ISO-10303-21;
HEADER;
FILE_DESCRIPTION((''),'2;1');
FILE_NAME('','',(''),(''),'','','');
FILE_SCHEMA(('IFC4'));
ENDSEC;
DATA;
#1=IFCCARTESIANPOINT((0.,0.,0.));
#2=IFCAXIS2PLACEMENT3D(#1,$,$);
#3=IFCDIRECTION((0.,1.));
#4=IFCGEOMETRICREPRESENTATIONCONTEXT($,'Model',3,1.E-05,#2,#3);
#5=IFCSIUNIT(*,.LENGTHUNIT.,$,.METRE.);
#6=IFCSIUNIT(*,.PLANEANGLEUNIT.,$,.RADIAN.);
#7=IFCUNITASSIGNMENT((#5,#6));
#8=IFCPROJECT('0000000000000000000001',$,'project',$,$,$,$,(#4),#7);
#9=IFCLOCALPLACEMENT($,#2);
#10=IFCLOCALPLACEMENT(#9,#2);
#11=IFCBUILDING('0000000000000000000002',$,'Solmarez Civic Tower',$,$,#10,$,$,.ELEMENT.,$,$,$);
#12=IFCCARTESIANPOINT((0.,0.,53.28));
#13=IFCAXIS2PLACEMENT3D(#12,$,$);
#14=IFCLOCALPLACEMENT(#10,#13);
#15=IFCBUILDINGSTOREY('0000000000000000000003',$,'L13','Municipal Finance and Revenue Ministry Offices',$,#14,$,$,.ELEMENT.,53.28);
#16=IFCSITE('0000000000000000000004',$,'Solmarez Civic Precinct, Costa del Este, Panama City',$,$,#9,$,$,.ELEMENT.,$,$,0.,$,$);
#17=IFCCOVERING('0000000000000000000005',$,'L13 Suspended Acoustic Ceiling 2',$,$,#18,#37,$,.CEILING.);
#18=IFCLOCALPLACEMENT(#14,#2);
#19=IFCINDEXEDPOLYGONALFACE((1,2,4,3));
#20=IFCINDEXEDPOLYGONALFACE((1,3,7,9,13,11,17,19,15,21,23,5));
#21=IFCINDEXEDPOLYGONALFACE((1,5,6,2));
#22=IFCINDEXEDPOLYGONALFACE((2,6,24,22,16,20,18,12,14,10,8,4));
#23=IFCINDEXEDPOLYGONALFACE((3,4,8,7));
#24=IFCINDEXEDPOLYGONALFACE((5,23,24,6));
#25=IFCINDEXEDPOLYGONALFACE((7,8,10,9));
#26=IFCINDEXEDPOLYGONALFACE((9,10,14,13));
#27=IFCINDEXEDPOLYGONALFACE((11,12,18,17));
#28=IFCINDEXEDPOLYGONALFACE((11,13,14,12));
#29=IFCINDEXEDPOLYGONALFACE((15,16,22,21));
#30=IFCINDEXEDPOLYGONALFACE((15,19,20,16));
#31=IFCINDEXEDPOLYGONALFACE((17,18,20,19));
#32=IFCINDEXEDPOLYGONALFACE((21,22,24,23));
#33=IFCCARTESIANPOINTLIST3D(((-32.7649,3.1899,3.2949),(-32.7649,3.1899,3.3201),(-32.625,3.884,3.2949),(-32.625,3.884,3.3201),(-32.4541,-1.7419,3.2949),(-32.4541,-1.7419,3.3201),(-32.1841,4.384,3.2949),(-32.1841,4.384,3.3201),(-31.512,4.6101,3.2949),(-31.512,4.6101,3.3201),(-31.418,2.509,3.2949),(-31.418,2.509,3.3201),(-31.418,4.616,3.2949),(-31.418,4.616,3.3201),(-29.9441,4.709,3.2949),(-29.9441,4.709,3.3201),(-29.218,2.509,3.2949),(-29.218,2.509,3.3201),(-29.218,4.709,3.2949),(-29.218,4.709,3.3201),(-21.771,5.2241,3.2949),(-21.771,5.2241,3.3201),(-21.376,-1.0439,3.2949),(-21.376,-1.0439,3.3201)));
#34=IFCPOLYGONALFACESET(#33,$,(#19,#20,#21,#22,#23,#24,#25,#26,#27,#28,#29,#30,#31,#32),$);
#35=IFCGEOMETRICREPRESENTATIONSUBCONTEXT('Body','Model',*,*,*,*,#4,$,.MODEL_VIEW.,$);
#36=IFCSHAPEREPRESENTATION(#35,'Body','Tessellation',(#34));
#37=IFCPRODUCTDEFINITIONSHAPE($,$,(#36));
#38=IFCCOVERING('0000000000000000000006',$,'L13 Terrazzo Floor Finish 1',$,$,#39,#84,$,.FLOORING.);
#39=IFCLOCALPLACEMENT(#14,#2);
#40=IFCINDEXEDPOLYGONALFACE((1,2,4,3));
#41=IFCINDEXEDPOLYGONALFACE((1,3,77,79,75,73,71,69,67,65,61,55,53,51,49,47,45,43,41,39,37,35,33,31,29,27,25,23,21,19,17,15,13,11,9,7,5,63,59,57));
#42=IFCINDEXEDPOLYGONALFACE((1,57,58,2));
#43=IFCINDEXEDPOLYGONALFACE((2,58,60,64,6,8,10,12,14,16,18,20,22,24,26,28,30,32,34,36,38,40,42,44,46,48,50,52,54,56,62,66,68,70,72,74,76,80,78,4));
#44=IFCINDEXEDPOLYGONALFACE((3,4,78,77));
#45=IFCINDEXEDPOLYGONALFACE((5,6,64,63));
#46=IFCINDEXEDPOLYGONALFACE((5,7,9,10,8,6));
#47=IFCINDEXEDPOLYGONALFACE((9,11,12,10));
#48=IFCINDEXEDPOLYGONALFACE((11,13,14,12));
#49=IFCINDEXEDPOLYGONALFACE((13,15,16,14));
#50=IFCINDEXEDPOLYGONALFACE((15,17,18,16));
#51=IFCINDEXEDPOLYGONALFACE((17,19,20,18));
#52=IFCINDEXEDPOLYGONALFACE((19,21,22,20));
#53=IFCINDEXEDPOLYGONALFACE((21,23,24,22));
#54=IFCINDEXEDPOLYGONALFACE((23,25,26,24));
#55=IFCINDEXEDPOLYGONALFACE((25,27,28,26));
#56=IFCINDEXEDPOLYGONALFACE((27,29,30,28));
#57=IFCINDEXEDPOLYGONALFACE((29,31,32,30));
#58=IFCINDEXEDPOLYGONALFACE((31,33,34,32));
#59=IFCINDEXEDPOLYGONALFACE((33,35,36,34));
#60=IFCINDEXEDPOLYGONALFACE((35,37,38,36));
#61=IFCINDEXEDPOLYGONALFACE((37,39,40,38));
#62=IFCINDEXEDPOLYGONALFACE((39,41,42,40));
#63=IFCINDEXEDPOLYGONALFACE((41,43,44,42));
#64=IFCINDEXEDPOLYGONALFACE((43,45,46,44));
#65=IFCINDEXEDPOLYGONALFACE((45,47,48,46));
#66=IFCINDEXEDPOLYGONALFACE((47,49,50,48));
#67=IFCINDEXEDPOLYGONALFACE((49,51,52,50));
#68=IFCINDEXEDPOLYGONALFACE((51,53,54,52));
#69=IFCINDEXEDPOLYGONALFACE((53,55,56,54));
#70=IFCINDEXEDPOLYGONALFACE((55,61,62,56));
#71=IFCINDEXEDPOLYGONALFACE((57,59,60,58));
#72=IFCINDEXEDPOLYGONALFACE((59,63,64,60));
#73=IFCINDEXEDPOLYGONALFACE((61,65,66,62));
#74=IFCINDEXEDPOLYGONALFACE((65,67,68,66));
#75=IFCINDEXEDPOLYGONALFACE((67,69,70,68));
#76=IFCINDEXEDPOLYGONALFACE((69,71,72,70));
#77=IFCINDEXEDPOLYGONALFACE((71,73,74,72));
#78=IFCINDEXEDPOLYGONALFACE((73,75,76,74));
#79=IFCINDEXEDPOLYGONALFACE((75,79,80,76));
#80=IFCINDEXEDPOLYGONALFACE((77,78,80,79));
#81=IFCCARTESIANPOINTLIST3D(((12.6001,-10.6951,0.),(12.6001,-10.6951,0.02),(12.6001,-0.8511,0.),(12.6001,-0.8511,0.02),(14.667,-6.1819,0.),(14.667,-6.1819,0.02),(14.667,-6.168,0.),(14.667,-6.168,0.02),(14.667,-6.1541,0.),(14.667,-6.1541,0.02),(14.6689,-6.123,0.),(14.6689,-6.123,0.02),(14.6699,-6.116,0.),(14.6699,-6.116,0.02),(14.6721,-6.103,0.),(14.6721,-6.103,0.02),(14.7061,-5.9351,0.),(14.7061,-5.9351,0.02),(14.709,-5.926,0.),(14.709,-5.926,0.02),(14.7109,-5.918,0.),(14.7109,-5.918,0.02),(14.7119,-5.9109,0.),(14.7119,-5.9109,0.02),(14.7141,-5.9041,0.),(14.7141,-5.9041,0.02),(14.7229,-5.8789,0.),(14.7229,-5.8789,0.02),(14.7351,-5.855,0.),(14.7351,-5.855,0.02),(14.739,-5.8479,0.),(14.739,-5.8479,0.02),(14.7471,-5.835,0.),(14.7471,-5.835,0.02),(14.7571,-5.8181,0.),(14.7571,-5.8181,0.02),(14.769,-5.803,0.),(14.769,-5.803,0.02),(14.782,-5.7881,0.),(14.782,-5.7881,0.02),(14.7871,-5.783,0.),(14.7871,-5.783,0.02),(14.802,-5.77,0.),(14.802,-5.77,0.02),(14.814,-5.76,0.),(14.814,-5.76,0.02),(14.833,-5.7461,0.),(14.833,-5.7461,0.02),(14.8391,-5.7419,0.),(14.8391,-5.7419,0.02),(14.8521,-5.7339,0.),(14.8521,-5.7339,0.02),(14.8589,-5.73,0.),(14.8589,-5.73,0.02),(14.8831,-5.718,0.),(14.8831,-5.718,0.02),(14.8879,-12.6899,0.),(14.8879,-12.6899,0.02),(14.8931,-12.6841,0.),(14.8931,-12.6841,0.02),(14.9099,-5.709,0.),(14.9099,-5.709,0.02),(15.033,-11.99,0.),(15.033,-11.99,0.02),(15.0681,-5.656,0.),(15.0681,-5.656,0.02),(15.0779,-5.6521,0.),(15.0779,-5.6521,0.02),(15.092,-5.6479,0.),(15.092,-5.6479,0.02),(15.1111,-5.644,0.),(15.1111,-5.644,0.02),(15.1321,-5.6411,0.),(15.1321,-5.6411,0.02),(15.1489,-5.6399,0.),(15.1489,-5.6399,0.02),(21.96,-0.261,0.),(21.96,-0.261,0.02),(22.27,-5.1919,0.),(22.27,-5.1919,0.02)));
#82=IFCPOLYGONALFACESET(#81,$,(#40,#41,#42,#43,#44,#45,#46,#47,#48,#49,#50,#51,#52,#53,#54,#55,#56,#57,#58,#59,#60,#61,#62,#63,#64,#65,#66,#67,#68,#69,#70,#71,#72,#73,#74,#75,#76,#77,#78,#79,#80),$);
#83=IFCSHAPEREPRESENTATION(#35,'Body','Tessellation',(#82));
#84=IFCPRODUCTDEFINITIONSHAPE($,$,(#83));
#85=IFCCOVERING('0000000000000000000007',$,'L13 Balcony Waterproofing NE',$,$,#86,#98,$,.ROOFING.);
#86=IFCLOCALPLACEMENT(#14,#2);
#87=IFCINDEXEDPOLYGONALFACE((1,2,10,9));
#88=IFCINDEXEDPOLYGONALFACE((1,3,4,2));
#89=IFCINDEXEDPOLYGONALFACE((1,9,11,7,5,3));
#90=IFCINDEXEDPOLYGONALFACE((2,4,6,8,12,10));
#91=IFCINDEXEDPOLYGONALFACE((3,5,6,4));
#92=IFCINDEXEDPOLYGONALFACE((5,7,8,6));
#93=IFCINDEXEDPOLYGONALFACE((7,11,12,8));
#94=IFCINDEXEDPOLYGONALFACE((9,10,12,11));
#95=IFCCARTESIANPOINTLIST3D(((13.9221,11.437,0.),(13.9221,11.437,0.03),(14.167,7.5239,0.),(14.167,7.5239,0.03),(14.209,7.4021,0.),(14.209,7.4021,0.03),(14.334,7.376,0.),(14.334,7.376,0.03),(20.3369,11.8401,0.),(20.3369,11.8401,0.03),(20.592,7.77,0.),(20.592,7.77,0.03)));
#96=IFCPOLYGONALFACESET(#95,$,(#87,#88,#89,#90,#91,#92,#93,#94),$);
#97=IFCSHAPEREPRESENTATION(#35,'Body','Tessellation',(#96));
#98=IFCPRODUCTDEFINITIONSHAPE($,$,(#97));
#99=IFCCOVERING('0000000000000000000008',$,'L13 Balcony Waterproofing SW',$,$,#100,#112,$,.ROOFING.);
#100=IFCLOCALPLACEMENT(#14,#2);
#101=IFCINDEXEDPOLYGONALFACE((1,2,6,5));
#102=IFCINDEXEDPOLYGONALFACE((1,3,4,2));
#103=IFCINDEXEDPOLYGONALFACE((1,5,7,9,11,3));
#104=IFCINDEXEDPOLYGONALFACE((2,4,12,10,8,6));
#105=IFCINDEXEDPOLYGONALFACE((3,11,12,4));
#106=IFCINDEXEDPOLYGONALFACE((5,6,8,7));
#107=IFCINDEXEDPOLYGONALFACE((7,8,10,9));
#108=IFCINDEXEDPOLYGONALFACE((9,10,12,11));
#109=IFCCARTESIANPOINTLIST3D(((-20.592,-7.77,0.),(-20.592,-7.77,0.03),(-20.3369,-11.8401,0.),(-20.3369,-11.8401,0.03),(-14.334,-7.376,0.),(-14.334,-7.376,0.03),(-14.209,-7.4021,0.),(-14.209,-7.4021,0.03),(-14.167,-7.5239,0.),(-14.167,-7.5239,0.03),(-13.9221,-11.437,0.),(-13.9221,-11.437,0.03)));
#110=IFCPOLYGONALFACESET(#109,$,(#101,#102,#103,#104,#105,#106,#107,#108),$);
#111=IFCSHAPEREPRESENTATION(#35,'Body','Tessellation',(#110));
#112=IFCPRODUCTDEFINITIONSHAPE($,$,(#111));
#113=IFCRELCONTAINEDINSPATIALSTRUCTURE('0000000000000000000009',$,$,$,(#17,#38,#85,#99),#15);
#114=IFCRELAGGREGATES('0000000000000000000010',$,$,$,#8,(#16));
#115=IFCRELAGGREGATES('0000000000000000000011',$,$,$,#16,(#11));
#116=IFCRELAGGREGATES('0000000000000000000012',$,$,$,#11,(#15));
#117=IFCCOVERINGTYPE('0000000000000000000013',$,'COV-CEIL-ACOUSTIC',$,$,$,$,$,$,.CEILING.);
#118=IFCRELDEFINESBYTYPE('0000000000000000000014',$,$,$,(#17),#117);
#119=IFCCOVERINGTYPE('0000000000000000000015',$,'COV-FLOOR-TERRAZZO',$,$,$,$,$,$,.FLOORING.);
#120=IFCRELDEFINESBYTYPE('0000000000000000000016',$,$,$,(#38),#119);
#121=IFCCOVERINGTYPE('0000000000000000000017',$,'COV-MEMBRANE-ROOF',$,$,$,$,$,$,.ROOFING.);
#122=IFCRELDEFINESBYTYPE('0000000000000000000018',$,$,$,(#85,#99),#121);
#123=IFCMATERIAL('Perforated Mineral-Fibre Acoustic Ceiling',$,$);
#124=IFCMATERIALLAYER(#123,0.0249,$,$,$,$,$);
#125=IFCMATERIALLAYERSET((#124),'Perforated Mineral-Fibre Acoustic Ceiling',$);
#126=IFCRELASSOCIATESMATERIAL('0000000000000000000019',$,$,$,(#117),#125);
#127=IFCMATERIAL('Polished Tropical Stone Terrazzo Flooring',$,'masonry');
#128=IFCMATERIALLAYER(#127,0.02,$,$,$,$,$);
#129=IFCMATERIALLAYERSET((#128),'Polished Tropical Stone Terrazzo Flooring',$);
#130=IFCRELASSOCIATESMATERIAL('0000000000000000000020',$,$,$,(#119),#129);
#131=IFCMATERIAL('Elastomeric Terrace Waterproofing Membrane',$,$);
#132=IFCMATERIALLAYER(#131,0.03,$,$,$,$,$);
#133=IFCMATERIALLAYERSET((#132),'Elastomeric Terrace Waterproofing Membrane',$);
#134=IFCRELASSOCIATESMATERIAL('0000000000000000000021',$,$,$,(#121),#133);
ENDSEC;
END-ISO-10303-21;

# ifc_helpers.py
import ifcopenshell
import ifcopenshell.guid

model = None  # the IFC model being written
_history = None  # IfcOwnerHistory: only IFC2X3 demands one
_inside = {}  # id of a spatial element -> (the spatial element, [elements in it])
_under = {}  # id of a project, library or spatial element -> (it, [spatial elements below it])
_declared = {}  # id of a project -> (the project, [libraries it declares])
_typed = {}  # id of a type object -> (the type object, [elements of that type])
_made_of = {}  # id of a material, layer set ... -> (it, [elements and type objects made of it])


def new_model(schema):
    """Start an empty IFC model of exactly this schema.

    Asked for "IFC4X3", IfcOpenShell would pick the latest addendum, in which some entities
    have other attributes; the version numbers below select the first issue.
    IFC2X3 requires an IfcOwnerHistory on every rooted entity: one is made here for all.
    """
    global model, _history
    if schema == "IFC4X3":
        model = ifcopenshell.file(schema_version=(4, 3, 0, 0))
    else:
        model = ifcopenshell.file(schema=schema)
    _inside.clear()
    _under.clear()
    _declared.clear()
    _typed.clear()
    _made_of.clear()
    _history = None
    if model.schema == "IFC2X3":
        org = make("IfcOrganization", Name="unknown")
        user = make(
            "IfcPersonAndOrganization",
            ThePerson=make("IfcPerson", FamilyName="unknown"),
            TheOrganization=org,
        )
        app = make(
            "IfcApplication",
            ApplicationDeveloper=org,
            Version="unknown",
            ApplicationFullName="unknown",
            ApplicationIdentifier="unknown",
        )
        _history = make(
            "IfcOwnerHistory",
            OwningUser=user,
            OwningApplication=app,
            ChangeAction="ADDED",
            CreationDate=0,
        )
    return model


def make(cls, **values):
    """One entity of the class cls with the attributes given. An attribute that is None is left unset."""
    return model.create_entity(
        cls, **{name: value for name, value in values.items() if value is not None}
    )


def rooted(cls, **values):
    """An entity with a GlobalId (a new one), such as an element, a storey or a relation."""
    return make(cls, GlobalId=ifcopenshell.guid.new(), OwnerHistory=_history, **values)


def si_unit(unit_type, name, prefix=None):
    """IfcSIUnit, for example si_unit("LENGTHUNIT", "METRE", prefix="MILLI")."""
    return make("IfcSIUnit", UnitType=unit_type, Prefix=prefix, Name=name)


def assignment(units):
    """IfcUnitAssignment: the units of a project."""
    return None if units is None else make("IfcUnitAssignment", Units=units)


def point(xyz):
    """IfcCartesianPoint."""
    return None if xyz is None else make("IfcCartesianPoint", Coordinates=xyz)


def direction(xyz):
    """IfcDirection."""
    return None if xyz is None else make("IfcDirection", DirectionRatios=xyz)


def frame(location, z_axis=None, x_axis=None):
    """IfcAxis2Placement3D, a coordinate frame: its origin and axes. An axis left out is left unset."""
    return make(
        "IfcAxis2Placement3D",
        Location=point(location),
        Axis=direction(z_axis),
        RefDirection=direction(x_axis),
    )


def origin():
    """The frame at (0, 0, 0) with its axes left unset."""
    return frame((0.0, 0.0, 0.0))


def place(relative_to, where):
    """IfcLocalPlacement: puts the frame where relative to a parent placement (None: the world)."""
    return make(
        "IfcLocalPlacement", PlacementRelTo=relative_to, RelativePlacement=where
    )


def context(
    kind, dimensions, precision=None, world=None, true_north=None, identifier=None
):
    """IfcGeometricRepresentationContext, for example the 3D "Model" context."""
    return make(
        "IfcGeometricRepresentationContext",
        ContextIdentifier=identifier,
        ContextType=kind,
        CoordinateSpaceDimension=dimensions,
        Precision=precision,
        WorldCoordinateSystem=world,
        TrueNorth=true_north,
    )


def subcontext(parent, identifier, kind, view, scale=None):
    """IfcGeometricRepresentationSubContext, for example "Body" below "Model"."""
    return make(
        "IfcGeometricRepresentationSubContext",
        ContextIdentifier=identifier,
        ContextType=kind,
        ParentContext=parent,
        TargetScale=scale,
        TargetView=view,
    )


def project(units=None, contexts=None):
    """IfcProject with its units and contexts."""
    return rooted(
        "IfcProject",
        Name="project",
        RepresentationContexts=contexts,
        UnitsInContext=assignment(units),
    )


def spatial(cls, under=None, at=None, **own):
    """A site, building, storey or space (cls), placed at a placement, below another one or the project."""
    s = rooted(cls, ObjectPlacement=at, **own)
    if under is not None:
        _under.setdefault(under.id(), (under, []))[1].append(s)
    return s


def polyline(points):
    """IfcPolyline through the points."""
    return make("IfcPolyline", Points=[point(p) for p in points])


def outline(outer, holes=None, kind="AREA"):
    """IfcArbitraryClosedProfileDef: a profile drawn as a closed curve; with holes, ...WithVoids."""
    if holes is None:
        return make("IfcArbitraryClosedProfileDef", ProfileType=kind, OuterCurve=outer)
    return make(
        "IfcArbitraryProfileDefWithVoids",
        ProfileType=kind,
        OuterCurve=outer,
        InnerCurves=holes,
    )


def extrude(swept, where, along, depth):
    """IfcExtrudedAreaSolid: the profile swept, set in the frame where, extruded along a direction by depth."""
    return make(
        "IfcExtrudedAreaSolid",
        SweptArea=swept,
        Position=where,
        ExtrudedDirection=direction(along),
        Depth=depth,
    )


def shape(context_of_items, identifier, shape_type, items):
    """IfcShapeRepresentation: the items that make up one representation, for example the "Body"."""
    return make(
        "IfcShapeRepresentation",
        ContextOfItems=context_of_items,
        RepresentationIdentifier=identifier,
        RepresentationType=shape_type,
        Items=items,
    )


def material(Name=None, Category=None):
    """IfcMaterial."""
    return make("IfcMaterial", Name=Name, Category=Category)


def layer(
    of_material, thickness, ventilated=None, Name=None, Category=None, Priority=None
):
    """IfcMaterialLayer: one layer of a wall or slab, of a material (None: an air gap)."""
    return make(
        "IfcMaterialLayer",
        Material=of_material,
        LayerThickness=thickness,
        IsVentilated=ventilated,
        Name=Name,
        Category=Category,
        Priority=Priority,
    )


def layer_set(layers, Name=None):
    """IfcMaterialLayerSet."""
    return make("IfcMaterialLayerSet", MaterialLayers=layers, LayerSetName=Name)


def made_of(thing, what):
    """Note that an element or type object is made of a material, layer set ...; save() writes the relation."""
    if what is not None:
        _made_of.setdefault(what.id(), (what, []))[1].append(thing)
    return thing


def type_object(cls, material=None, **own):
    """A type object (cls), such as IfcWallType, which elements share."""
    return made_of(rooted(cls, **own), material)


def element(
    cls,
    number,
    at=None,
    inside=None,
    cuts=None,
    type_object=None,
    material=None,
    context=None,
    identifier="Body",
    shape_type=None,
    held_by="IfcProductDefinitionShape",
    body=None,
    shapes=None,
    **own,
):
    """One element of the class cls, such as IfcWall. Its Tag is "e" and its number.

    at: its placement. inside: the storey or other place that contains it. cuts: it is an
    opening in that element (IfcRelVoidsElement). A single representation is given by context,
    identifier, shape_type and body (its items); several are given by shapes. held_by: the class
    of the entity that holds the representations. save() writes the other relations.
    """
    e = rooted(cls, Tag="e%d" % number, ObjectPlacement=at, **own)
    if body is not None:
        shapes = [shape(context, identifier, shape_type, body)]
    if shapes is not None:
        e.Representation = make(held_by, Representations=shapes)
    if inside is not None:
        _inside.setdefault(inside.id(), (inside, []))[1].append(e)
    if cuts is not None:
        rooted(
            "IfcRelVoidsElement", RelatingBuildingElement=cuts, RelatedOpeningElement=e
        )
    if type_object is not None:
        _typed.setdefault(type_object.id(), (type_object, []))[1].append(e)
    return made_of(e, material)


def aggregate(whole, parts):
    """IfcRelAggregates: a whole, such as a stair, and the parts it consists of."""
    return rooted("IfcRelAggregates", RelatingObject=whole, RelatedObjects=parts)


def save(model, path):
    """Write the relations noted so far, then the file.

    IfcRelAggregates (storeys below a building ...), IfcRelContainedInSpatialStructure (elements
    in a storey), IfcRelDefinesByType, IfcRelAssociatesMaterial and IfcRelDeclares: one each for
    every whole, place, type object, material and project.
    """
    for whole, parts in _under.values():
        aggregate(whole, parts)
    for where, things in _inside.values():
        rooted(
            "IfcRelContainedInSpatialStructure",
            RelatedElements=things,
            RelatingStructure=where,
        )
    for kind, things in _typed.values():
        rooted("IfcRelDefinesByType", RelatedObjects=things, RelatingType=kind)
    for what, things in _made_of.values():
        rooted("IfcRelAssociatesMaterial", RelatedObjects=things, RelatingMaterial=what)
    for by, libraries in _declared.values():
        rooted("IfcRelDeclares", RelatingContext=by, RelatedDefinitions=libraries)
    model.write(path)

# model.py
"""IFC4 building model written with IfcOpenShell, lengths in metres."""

from ifc_helpers import new_model, si_unit, direction, frame, origin, place, context, subcontext, project, spatial, polyline, outline, extrude, material, layer, layer_set, type_object, element, save


model = new_model("IFC4")

# Units and contexts
model_context = context("Model", 3, precision=1e-05, world=origin(), true_north=direction((0.0, 1.0)))
body_context = subcontext(model_context, "Body", "Model", "MODEL_VIEW")
ifc_project = project(units=[si_unit("LENGTHUNIT", "METRE"), si_unit("PLANEANGLEUNIT", "RADIAN")], contexts=[model_context])

# Site, building, storey
site_placement = place(None, origin())
site = spatial("IfcSite", under=ifc_project, at=site_placement, Name="Solmarez Civic Precinct, Costa del Este, Panama City", CompositionType="ELEMENT", RefElevation=0.0)
building_placement = place(site_placement, origin())
building = spatial("IfcBuilding", under=site, at=building_placement, Name="Solmarez Civic Tower", CompositionType="ELEMENT")
storey_placement = place(building_placement, frame((0.0, 0.0, 53.28)))
storey = spatial("IfcBuildingStorey", under=building, at=storey_placement, Name="L13", Description="Municipal Finance and Revenue Ministry Offices", CompositionType="ELEMENT", Elevation=53.28)

# Coverings
ifc_material_1 = material(Name="Perforated Mineral-Fibre Acoustic Ceiling")
ifc_layer_1 = layer(ifc_material_1, 0.0249)
ifc_layer_set_1 = layer_set([ifc_layer_1], Name="Perforated Mineral-Fibre Acoustic Ceiling")
covering_type_1 = type_object("IfcCoveringType", Name="COV-CEIL-ACOUSTIC", PredefinedType="CEILING", material=ifc_layer_set_1)
covering_1_placement = place(storey_placement, frame((0.0, 0.0, 3.2949)))
element("IfcCovering", 1, at=covering_1_placement, inside=storey, type_object=covering_type_1, Name="L13 Suspended Acoustic Ceiling 2", PredefinedType="CEILING", context=body_context, shape_type="SweptSolid", body=[
    extrude(outline(polyline([(-21.771, 5.2241), (-29.9441, 4.709), (-29.218, 4.709), (-29.218, 2.509), (-31.418, 2.509), (-31.418, 4.616), (-31.512, 4.6101), (-32.1841, 4.384), (-32.625, 3.884), (-32.7649, 3.1899), (-32.4541, -1.7419), (-21.376, -1.0439), (-21.771, 5.2241)])), origin(), (0.0, 0.0, 1.0), 0.0251),
])
ifc_material_2 = material(Name="Polished Tropical Stone Terrazzo Flooring", Category="masonry")
ifc_layer_2 = layer(ifc_material_2, 0.02)
ifc_layer_set_2 = layer_set([ifc_layer_2], Name="Polished Tropical Stone Terrazzo Flooring")
covering_type_2 = type_object("IfcCoveringType", Name="COV-FLOOR-TERRAZZO", PredefinedType="FLOORING", material=ifc_layer_set_2)
covering_2_placement = place(storey_placement, origin())
element("IfcCovering", 2, at=covering_2_placement, inside=storey, type_object=covering_type_2, Name="L13 Terrazzo Floor Finish 1", PredefinedType="FLOORING", context=body_context, shape_type="SweptSolid", body=[
    extrude(outline(polyline([(12.6001, -0.8511), (12.6001, -10.6951), (14.8879, -12.6899), (14.8931, -12.6841), (15.033, -11.99), (14.667, -6.1819), (14.667, -6.168), (14.667, -6.1541), (14.6689, -6.123), (14.6699, -6.116), (14.6721, -6.103), (14.7061, -5.9351), (14.709, -5.926), (14.7109, -5.918), (14.7119, -5.9109), (14.7141, -5.9041), (14.7229, -5.8789), (14.7351, -5.855), (14.739, -5.8479), (14.7471, -5.835), (14.7571, -5.8181), (14.769, -5.803), (14.782, -5.7881), (14.7871, -5.783), (14.802, -5.77), (14.814, -5.76), (14.833, -5.7461), (14.8391, -5.7419), (14.8521, -5.7339), (14.8589, -5.73), (14.8831, -5.718), (14.9099, -5.709), (15.0681, -5.656), (15.0779, -5.6521), (15.092, -5.6479), (15.1111, -5.644), (15.1321, -5.6411), (15.1489, -5.6399), (22.27, -5.1919), (21.96, -0.261), (12.6001, -0.8511)])), origin(), (0.0, 0.0, 1.0), 0.02),
])
ifc_material_3 = material(Name="Elastomeric Terrace Waterproofing Membrane")
ifc_layer_3 = layer(ifc_material_3, 0.03)
ifc_layer_set_3 = layer_set([ifc_layer_3], Name="Elastomeric Terrace Waterproofing Membrane")
covering_type_3 = type_object("IfcCoveringType", Name="COV-MEMBRANE-ROOF", PredefinedType="ROOFING", material=ifc_layer_set_3)
covering_3_placement = place(storey_placement, origin())
element("IfcCovering", 3, at=covering_3_placement, inside=storey, type_object=covering_type_3, Name="L13 Balcony Waterproofing NE", PredefinedType="ROOFING", context=body_context, shape_type="SweptSolid", body=[
    extrude(outline(polyline([(14.167, 7.5239), (14.209, 7.4021), (14.334, 7.376), (20.592, 7.77), (20.3369, 11.8401), (13.9221, 11.437), (14.167, 7.5239)])), origin(), (0.0, 0.0, 1.0), 0.03),
])
covering_4_placement = place(storey_placement, origin())
element("IfcCovering", 4, at=covering_4_placement, inside=storey, type_object=covering_type_3, Name="L13 Balcony Waterproofing SW", PredefinedType="ROOFING", context=body_context, shape_type="SweptSolid", body=[
    extrude(outline(polyline([(-14.167, -7.5239), (-14.209, -7.4021), (-14.334, -7.376), (-20.592, -7.77), (-20.3369, -11.8401), (-13.9221, -11.437), (-14.167, -7.5239)])), origin(), (0.0, 0.0, 1.0), 0.03),
])

save(model, "model.ifc")
